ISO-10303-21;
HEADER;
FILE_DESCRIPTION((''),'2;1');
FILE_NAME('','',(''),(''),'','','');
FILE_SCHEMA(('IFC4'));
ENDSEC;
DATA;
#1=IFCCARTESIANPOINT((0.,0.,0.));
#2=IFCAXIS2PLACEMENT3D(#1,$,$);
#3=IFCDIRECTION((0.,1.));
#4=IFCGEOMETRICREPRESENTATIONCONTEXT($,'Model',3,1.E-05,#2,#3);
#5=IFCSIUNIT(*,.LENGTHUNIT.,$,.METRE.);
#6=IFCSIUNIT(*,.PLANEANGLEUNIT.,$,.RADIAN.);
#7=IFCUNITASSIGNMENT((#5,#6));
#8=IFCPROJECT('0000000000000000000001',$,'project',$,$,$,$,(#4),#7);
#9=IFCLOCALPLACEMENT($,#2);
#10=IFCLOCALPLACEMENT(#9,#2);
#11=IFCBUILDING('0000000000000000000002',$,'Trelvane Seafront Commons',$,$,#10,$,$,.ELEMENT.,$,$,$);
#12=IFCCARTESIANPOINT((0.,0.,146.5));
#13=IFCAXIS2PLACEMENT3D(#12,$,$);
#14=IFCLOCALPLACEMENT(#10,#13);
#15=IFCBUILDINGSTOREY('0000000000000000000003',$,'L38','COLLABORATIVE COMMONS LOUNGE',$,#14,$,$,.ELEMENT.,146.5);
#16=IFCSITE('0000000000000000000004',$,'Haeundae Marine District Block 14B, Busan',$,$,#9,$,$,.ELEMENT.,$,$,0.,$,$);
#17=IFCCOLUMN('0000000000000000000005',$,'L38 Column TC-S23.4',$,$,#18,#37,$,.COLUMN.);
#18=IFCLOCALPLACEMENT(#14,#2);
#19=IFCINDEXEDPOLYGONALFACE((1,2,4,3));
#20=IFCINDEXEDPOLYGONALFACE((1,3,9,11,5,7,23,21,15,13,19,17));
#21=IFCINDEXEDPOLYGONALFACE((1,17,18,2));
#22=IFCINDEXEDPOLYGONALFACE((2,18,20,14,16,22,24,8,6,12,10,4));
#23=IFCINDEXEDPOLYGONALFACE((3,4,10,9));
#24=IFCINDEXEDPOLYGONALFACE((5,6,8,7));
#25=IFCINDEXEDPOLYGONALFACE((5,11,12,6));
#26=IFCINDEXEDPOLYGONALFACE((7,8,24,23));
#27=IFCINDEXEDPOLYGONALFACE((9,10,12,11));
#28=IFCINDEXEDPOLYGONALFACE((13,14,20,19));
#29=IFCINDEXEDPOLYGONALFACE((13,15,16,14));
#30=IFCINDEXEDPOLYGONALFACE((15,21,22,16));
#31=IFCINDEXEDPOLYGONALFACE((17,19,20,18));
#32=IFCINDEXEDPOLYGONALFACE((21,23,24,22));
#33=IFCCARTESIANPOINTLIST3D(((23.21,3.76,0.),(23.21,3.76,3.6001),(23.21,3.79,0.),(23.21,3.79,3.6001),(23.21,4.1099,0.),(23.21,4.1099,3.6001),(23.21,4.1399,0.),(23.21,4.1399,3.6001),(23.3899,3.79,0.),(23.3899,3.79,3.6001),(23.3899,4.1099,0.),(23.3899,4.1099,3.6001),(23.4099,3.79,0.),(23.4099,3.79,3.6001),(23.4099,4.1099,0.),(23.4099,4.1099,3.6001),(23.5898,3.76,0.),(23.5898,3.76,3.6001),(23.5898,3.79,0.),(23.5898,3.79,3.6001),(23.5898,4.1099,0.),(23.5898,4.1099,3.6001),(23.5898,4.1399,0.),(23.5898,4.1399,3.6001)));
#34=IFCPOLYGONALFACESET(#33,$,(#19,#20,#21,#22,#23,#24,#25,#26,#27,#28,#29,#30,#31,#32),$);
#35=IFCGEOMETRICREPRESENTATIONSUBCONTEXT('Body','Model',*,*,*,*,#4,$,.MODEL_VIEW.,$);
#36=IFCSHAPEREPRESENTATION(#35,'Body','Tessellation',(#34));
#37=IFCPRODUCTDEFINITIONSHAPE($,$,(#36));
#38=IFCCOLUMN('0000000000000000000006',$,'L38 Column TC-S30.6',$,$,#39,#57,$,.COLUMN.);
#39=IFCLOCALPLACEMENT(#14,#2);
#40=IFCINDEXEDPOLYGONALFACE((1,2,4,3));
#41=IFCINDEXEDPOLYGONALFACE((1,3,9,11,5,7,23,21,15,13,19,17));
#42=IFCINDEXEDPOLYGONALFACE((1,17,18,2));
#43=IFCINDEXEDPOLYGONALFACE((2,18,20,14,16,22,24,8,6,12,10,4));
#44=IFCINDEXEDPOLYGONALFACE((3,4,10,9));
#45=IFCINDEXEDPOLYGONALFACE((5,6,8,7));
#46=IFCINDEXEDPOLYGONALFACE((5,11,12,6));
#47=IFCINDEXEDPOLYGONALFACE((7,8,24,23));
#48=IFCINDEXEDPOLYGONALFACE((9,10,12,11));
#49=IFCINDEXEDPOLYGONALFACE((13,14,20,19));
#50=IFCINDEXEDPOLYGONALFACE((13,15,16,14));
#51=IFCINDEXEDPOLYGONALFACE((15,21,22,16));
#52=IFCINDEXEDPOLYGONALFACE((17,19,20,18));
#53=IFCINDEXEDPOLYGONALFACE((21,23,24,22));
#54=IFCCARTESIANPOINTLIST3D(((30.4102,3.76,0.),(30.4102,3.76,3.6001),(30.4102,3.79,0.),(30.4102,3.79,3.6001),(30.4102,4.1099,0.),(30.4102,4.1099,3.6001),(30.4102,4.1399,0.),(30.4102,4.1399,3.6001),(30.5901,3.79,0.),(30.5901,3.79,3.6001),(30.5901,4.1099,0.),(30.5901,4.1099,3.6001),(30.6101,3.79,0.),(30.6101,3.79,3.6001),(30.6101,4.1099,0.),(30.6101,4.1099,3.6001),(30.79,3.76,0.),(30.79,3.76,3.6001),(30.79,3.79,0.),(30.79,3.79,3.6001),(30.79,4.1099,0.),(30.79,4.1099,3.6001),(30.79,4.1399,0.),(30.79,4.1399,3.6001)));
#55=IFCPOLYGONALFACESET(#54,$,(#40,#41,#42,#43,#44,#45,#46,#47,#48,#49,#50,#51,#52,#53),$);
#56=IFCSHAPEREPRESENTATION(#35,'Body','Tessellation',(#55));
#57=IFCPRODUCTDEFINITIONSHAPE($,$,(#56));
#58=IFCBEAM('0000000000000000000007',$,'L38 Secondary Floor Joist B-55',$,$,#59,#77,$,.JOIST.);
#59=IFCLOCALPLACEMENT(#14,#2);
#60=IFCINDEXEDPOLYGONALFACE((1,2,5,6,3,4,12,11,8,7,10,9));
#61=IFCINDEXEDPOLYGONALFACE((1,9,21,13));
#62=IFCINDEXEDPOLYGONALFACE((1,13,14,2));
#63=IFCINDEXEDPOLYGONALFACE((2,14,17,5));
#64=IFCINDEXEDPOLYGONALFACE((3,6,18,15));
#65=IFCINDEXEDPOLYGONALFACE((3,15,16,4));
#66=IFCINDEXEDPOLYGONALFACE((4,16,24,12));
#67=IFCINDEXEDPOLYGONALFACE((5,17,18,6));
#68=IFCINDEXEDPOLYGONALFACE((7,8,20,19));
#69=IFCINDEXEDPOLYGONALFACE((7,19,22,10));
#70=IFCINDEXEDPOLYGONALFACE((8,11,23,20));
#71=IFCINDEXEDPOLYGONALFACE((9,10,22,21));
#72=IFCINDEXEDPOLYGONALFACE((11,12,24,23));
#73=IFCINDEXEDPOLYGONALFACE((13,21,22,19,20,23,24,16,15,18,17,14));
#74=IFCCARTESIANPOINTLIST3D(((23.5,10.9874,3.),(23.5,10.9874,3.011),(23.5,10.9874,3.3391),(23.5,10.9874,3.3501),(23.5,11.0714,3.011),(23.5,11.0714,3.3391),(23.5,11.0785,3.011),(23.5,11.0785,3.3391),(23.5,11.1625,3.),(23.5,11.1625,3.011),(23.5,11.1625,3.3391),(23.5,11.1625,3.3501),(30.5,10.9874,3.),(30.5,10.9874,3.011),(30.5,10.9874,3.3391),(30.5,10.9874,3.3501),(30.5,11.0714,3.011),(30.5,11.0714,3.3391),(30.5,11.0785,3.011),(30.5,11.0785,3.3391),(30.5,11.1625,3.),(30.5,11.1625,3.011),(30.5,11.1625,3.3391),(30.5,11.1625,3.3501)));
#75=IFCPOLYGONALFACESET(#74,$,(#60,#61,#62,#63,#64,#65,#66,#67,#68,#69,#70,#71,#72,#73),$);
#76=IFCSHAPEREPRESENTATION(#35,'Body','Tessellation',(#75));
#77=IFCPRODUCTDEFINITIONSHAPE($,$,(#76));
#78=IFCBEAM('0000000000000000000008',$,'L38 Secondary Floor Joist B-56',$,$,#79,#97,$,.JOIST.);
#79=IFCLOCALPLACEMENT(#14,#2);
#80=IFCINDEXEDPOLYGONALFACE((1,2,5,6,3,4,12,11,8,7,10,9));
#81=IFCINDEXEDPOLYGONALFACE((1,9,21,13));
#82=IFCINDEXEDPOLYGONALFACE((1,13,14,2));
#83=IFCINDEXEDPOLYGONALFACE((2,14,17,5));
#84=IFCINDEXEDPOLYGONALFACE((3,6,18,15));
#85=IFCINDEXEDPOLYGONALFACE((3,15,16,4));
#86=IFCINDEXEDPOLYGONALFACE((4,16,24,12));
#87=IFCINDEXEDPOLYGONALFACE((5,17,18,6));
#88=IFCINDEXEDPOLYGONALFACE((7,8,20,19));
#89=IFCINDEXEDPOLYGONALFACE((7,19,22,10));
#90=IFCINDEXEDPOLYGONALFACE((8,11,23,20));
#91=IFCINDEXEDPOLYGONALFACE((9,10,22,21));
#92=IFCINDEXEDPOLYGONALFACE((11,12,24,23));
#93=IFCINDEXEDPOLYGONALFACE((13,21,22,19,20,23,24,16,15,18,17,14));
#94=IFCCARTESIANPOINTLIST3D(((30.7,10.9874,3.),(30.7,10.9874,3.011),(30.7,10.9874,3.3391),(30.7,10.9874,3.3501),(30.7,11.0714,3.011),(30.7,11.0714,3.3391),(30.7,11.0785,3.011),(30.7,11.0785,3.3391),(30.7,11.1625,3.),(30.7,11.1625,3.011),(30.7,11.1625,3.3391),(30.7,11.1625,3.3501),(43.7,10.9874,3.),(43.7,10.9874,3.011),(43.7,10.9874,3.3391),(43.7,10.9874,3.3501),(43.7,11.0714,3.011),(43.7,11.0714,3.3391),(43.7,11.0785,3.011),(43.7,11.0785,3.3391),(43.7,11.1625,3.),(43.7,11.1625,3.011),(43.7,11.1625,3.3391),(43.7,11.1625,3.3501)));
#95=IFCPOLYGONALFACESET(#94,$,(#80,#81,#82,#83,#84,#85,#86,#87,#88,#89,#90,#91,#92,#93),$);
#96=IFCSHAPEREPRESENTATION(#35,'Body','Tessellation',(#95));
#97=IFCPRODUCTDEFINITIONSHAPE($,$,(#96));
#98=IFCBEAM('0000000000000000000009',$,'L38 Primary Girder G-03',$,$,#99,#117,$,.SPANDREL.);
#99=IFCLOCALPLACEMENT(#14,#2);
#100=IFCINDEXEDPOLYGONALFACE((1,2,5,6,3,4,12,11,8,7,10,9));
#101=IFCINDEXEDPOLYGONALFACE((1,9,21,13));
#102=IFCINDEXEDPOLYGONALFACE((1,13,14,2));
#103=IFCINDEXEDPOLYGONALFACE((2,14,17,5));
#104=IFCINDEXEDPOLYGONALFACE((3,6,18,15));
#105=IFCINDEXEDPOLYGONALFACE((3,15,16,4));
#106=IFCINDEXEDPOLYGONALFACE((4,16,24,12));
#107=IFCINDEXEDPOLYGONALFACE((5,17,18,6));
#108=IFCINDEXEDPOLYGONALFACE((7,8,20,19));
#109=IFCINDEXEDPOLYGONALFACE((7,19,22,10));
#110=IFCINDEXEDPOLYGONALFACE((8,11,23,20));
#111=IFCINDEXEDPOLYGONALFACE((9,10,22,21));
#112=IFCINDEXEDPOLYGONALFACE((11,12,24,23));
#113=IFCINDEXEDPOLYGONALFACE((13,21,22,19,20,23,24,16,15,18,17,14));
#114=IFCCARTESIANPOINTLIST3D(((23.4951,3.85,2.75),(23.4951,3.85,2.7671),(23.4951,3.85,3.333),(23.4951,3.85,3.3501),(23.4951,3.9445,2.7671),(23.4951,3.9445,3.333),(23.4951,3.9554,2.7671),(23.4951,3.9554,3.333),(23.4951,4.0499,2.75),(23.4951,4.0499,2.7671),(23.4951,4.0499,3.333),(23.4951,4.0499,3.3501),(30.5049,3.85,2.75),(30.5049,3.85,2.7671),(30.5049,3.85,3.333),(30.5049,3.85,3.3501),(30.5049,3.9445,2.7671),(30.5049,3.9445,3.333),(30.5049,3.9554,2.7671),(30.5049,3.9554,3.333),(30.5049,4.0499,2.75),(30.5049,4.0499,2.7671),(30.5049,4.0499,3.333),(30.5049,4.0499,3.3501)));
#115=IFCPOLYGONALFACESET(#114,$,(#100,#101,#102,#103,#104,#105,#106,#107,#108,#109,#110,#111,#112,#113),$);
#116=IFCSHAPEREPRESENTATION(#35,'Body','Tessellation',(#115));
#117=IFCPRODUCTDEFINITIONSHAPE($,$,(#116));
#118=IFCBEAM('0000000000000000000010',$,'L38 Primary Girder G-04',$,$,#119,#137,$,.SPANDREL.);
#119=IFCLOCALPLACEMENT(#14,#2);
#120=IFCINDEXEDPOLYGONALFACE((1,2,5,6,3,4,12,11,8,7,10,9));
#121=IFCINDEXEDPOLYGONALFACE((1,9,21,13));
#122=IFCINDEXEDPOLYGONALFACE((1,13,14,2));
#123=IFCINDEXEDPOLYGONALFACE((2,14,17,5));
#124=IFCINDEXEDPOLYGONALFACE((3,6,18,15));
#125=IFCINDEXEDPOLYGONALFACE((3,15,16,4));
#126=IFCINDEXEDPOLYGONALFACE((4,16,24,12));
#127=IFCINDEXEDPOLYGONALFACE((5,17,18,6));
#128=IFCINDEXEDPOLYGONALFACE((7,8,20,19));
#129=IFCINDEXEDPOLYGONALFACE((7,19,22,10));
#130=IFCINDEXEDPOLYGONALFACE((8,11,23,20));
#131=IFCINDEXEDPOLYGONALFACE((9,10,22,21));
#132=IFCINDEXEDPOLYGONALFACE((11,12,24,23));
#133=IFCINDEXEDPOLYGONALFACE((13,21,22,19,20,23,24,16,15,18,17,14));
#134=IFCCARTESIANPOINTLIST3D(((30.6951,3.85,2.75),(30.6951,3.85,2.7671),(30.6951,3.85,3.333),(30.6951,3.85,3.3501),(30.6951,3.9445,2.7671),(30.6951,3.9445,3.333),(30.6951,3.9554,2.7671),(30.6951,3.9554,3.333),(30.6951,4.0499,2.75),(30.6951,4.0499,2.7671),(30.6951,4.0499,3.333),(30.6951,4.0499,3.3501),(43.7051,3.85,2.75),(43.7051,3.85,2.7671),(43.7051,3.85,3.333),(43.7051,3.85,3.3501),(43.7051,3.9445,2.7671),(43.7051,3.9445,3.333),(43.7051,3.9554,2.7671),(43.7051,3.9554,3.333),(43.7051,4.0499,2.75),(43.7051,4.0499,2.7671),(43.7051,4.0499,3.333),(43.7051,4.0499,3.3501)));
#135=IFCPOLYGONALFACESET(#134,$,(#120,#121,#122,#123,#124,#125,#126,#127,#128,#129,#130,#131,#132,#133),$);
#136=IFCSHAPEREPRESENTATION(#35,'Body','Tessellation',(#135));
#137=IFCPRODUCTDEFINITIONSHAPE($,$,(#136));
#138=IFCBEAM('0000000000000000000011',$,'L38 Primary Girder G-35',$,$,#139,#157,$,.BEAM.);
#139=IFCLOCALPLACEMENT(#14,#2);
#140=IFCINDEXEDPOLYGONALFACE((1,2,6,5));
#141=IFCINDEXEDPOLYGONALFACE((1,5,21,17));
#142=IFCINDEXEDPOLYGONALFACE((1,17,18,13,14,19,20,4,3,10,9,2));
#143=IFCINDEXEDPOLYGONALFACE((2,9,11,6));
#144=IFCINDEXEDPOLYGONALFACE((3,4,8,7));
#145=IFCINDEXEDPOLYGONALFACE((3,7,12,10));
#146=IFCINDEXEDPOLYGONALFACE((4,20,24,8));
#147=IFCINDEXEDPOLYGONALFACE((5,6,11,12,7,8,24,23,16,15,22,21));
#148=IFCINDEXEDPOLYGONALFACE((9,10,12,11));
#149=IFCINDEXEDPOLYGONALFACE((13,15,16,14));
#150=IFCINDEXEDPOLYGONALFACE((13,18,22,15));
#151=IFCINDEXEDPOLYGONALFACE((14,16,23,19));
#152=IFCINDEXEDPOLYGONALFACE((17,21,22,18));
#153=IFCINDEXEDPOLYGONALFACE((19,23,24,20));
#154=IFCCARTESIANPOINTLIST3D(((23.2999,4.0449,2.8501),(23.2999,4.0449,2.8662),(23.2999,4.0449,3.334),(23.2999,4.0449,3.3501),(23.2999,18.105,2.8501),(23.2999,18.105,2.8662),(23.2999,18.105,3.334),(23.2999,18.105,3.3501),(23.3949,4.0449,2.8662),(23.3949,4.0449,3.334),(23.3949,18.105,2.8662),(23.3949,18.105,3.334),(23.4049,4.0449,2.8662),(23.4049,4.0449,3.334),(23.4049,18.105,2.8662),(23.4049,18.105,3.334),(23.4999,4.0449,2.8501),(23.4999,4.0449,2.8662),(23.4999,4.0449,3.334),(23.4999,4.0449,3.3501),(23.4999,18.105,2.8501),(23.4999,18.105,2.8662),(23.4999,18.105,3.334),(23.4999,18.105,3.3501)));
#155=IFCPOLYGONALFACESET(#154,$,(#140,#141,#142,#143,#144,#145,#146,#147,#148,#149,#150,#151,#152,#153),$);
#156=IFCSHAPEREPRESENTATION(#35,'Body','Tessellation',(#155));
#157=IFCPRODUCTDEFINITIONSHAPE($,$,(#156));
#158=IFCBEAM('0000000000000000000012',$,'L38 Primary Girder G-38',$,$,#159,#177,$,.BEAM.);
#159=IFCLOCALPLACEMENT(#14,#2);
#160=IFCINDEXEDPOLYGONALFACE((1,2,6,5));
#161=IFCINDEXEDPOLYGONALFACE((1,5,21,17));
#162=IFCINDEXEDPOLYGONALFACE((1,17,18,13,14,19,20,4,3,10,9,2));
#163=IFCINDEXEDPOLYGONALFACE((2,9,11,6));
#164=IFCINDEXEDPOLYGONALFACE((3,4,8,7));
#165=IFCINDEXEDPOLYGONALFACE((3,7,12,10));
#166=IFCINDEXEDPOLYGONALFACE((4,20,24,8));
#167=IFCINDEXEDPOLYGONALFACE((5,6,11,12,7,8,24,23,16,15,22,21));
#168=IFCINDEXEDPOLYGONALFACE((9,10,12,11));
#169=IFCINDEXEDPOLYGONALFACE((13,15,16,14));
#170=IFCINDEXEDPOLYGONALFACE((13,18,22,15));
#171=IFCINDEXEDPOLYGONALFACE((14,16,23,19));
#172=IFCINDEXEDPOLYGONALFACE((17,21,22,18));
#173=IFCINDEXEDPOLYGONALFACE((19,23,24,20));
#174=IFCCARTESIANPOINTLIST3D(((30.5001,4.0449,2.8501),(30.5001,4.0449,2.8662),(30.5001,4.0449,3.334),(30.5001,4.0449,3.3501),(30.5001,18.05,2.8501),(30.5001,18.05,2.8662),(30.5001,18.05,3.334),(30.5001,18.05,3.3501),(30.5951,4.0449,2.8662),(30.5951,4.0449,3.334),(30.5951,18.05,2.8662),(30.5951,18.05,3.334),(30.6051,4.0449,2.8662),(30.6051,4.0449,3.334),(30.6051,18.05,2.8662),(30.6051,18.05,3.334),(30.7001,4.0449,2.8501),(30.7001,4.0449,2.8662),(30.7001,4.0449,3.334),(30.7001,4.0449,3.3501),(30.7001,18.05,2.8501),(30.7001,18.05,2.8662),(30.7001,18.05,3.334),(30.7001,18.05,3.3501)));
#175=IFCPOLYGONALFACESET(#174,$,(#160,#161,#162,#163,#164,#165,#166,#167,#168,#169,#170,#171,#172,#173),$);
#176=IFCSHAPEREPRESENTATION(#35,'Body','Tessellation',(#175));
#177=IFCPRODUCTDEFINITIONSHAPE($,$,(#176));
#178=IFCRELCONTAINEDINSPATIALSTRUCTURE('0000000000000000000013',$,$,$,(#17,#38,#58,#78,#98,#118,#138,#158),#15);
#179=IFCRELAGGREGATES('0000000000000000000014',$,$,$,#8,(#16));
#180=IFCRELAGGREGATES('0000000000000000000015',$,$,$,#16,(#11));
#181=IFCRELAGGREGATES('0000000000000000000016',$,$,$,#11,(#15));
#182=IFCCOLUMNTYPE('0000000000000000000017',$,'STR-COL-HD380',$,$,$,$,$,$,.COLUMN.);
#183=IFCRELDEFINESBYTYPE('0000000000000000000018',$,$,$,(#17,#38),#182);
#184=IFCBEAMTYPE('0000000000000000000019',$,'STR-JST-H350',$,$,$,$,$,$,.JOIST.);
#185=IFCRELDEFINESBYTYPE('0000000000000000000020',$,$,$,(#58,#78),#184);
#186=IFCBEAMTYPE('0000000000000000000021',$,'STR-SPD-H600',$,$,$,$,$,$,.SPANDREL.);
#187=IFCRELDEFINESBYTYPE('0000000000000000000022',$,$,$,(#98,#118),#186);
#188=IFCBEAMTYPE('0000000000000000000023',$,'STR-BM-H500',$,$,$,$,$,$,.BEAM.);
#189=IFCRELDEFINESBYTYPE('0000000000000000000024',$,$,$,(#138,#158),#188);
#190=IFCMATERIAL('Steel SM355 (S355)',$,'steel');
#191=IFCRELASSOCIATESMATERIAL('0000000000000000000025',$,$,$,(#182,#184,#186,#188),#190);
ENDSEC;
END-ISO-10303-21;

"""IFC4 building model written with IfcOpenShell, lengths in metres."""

from ifc_helpers import new_model, si_unit, direction, frame, origin, origin_2d, place, context, subcontext, project, spatial, i_section, extrude, source, transform, mapped, material, material_profile, profile_set, type_object, element, save


model = new_model("IFC4")

# Units and contexts
model_context = context("Model", 3, precision=1e-05, world=origin(), true_north=direction((0.0, 1.0)))
body_context = subcontext(model_context, "Body", "Model", "MODEL_VIEW")
ifc_project = project(units=[si_unit("LENGTHUNIT", "METRE"), si_unit("PLANEANGLEUNIT", "RADIAN")], contexts=[model_context])

# Site, building, storey
site_placement = place(None, origin())
site = spatial("IfcSite", under=ifc_project, at=site_placement, Name="Haeundae Marine District Block 14B, Busan", CompositionType="ELEMENT", RefElevation=0.0)
building_placement = place(site_placement, origin())
building = spatial("IfcBuilding", under=site, at=building_placement, Name="Trelvane Seafront Commons", CompositionType="ELEMENT")
storey_placement = place(building_placement, frame((0.0, 0.0, 146.5)))
storey = spatial("IfcBuildingStorey", under=building, at=storey_placement, Name="L38", Description="COLLABORATIVE COMMONS LOUNGE", CompositionType="ELEMENT", Elevation=146.5)

# Columns
ifc_material_1 = material(Name="Steel SM355 (S355)", Category="steel")
ifc_material_profile_1 = material_profile(ifc_material_1, i_section(OverallWidth=0.3799, OverallDepth=0.3799, WebThickness=0.02, FlangeThickness=0.03, at=origin_2d()), Name="HD-380x380x20x30")
ifc_profile_set_1 = profile_set([ifc_material_profile_1], Name="Steel SM355 (S355)")
column_type = type_object("IfcColumnType", Name="STR-COL-HD380", PredefinedType="COLUMN", material=ifc_profile_set_1)
shared_shape_1 = source(origin(), body_context, "Body", "SweptSolid", [
    extrude(i_section(OverallWidth=0.3799, OverallDepth=0.3799, WebThickness=0.02, FlangeThickness=0.03, at=origin_2d()), origin(), (0.0, 0.0, 1.0), 3.6001),
])
for number, where, z_axis, x_axis, name in (
    (1, (23.3999, 3.95, 0.0), (0.0, 0.0, 1.0), (1.0, 0.0, 0.0), "L38 Column TC-S23.4"),
    (2, (30.6001, 3.95, 0.0), (0.0, 0.0, 1.0), (1.0, 0.0, 0.0), "L38 Column TC-S30.6"),
):
    element("IfcColumn", number, at=place(storey_placement, frame(where, z_axis=z_axis, x_axis=x_axis)), inside=storey, type_object=column_type, Name=name, PredefinedType="COLUMN", context=body_context, shape_type="MappedRepresentation", body=[
        mapped(shared_shape_1, transform((0.0, 0.0, 0.0), x_axis=(1.0, 0.0, 0.0), y_axis=(0.0, 1.0, 0.0), z_axis=(0.0, 0.0, 1.0), scale=1.0)),
    ])

# Beams
ifc_material_profile_2 = material_profile(ifc_material_1, i_section(OverallWidth=0.175, OverallDepth=0.3501, WebThickness=0.0071, FlangeThickness=0.011, at=origin_2d()), Name="H-350x175x7x11")
ifc_profile_set_2 = profile_set([ifc_material_profile_2], Name="Steel SM355 (S355)")
beam_type_1 = type_object("IfcBeamType", Name="STR-JST-H350", PredefinedType="JOIST", material=ifc_profile_set_2)
shared_shape_2 = source(origin(), body_context, "Body", "SweptSolid", [
    extrude(i_section(OverallWidth=0.175, OverallDepth=0.3501, WebThickness=0.0071, FlangeThickness=0.011, at=origin_2d()), origin(), (0.0, 0.0, 1.0), 7.0),
])
beam_1_placement = place(storey_placement, frame((23.5, 11.075, 3.175), z_axis=(1.0, 0.0, 0.0), x_axis=(0.0, 1.0, 0.0)))
element("IfcBeam", 3, at=beam_1_placement, inside=storey, type_object=beam_type_1, Name="L38 Secondary Floor Joist B-55", PredefinedType="JOIST", context=body_context, shape_type="MappedRepresentation", body=[
    mapped(shared_shape_2, transform((0.0, 0.0, 0.0), x_axis=(1.0, 0.0, 0.0), y_axis=(0.0, 1.0, 0.0), z_axis=(0.0, 0.0, 1.0), scale=1.0)),
])
shared_shape_3 = source(origin(), body_context, "Body", "SweptSolid", [
    extrude(i_section(OverallWidth=0.175, OverallDepth=0.3501, WebThickness=0.0071, FlangeThickness=0.011, at=origin_2d()), origin(), (0.0, 0.0, 1.0), 13.0),
])
beam_2_placement = place(storey_placement, frame((30.7, 11.075, 3.175), z_axis=(1.0, 0.0, 0.0), x_axis=(0.0, 1.0, 0.0)))
element("IfcBeam", 4, at=beam_2_placement, inside=storey, type_object=beam_type_1, Name="L38 Secondary Floor Joist B-56", PredefinedType="JOIST", context=body_context, shape_type="MappedRepresentation", body=[
    mapped(shared_shape_3, transform((0.0, 0.0, 0.0), x_axis=(1.0, 0.0, 0.0), y_axis=(0.0, 1.0, 0.0), z_axis=(0.0, 0.0, 1.0), scale=1.0)),
])
ifc_material_profile_3 = material_profile(ifc_material_1, i_section(OverallWidth=0.2, OverallDepth=0.6001, WebThickness=0.011, FlangeThickness=0.0171, at=origin_2d()), Name="H-600x200x11x17")
ifc_profile_set_3 = profile_set([ifc_material_profile_3], Name="Steel SM355 (S355)")
beam_type_2 = type_object("IfcBeamType", Name="STR-SPD-H600", PredefinedType="SPANDREL", material=ifc_profile_set_3)
shared_shape_4 = source(origin(), body_context, "Body", "SweptSolid", [
    extrude(i_section(OverallWidth=0.2, OverallDepth=0.6001, WebThickness=0.011, FlangeThickness=0.0171, at=origin_2d()), origin(), (0.0, 0.0, 1.0), 7.0098),
])
beam_3_placement = place(storey_placement, frame((23.4951, 3.95, 3.05), z_axis=(1.0, 0.0, 0.0), x_axis=(0.0, 1.0, 0.0)))
element("IfcBeam", 5, at=beam_3_placement, inside=storey, type_object=beam_type_2, Name="L38 Primary Girder G-03", PredefinedType="SPANDREL", context=body_context, shape_type="MappedRepresentation", body=[
    mapped(shared_shape_4, transform((0.0, 0.0, 0.0), x_axis=(1.0, 0.0, 0.0), y_axis=(0.0, 1.0, 0.0), z_axis=(0.0, 0.0, 1.0), scale=1.0)),
])
shared_shape_5 = source(origin(), body_context, "Body", "SweptSolid", [
    extrude(i_section(OverallWidth=0.2, OverallDepth=0.6001, WebThickness=0.011, FlangeThickness=0.0171, at=origin_2d()), origin(), (0.0, 0.0, 1.0), 13.01),
])
beam_4_placement = place(storey_placement, frame((30.6951, 3.95, 3.05), z_axis=(1.0, 0.0, 0.0), x_axis=(0.0, 1.0, 0.0)))
element("IfcBeam", 6, at=beam_4_placement, inside=storey, type_object=beam_type_2, Name="L38 Primary Girder G-04", PredefinedType="SPANDREL", context=body_context, shape_type="MappedRepresentation", body=[
    mapped(shared_shape_5, transform((0.0, 0.0, 0.0), x_axis=(1.0, 0.0, 0.0), y_axis=(0.0, 1.0, 0.0), z_axis=(0.0, 0.0, 1.0), scale=1.0)),
])
ifc_material_profile_4 = material_profile(ifc_material_1, i_section(OverallWidth=0.2, OverallDepth=0.5, WebThickness=0.01, FlangeThickness=0.0161, at=origin_2d()), Name="H-500x200x10x16")
ifc_profile_set_4 = profile_set([ifc_material_profile_4], Name="Steel SM355 (S355)")
beam_type_3 = type_object("IfcBeamType", Name="STR-BM-H500", PredefinedType="BEAM", material=ifc_profile_set_4)
shared_shape_6 = source(origin(), body_context, "Body", "SweptSolid", [
    extrude(i_section(OverallWidth=0.2, OverallDepth=0.5, WebThickness=0.01, FlangeThickness=0.0161, at=origin_2d()), origin(), (0.0, 0.0, 1.0), 14.0601),
])
beam_5_placement = place(storey_placement, frame((23.3999, 4.0449, 3.1001), z_axis=(0.0, 1.0, 0.0), x_axis=(-1.0, 0.0, 0.0)))
element("IfcBeam", 7, at=beam_5_placement, inside=storey, type_object=beam_type_3, Name="L38 Primary Girder G-35", PredefinedType="BEAM", context=body_context, shape_type="MappedRepresentation", body=[
    mapped(shared_shape_6, transform((0.0, 0.0, 0.0), x_axis=(1.0, 0.0, 0.0), y_axis=(0.0, 1.0, 0.0), z_axis=(0.0, 0.0, 1.0), scale=1.0)),
])
shared_shape_7 = source(origin(), body_context, "Body", "SweptSolid", [
    extrude(i_section(OverallWidth=0.2, OverallDepth=0.5, WebThickness=0.01, FlangeThickness=0.0161, at=origin_2d()), origin(), (0.0, 0.0, 1.0), 14.0051),
])
beam_6_placement = place(storey_placement, frame((30.6001, 4.0449, 3.1001), z_axis=(0.0, 1.0, 0.0), x_axis=(-1.0, 0.0, 0.0)))
element("IfcBeam", 8, at=beam_6_placement, inside=storey, type_object=beam_type_3, Name="L38 Primary Girder G-38", PredefinedType="BEAM", context=body_context, shape_type="MappedRepresentation", body=[
    mapped(shared_shape_7, transform((0.0, 0.0, 0.0), x_axis=(1.0, 0.0, 0.0), y_axis=(0.0, 1.0, 0.0), z_axis=(0.0, 0.0, 1.0), scale=1.0)),
])

save(model, "model.ifc")
